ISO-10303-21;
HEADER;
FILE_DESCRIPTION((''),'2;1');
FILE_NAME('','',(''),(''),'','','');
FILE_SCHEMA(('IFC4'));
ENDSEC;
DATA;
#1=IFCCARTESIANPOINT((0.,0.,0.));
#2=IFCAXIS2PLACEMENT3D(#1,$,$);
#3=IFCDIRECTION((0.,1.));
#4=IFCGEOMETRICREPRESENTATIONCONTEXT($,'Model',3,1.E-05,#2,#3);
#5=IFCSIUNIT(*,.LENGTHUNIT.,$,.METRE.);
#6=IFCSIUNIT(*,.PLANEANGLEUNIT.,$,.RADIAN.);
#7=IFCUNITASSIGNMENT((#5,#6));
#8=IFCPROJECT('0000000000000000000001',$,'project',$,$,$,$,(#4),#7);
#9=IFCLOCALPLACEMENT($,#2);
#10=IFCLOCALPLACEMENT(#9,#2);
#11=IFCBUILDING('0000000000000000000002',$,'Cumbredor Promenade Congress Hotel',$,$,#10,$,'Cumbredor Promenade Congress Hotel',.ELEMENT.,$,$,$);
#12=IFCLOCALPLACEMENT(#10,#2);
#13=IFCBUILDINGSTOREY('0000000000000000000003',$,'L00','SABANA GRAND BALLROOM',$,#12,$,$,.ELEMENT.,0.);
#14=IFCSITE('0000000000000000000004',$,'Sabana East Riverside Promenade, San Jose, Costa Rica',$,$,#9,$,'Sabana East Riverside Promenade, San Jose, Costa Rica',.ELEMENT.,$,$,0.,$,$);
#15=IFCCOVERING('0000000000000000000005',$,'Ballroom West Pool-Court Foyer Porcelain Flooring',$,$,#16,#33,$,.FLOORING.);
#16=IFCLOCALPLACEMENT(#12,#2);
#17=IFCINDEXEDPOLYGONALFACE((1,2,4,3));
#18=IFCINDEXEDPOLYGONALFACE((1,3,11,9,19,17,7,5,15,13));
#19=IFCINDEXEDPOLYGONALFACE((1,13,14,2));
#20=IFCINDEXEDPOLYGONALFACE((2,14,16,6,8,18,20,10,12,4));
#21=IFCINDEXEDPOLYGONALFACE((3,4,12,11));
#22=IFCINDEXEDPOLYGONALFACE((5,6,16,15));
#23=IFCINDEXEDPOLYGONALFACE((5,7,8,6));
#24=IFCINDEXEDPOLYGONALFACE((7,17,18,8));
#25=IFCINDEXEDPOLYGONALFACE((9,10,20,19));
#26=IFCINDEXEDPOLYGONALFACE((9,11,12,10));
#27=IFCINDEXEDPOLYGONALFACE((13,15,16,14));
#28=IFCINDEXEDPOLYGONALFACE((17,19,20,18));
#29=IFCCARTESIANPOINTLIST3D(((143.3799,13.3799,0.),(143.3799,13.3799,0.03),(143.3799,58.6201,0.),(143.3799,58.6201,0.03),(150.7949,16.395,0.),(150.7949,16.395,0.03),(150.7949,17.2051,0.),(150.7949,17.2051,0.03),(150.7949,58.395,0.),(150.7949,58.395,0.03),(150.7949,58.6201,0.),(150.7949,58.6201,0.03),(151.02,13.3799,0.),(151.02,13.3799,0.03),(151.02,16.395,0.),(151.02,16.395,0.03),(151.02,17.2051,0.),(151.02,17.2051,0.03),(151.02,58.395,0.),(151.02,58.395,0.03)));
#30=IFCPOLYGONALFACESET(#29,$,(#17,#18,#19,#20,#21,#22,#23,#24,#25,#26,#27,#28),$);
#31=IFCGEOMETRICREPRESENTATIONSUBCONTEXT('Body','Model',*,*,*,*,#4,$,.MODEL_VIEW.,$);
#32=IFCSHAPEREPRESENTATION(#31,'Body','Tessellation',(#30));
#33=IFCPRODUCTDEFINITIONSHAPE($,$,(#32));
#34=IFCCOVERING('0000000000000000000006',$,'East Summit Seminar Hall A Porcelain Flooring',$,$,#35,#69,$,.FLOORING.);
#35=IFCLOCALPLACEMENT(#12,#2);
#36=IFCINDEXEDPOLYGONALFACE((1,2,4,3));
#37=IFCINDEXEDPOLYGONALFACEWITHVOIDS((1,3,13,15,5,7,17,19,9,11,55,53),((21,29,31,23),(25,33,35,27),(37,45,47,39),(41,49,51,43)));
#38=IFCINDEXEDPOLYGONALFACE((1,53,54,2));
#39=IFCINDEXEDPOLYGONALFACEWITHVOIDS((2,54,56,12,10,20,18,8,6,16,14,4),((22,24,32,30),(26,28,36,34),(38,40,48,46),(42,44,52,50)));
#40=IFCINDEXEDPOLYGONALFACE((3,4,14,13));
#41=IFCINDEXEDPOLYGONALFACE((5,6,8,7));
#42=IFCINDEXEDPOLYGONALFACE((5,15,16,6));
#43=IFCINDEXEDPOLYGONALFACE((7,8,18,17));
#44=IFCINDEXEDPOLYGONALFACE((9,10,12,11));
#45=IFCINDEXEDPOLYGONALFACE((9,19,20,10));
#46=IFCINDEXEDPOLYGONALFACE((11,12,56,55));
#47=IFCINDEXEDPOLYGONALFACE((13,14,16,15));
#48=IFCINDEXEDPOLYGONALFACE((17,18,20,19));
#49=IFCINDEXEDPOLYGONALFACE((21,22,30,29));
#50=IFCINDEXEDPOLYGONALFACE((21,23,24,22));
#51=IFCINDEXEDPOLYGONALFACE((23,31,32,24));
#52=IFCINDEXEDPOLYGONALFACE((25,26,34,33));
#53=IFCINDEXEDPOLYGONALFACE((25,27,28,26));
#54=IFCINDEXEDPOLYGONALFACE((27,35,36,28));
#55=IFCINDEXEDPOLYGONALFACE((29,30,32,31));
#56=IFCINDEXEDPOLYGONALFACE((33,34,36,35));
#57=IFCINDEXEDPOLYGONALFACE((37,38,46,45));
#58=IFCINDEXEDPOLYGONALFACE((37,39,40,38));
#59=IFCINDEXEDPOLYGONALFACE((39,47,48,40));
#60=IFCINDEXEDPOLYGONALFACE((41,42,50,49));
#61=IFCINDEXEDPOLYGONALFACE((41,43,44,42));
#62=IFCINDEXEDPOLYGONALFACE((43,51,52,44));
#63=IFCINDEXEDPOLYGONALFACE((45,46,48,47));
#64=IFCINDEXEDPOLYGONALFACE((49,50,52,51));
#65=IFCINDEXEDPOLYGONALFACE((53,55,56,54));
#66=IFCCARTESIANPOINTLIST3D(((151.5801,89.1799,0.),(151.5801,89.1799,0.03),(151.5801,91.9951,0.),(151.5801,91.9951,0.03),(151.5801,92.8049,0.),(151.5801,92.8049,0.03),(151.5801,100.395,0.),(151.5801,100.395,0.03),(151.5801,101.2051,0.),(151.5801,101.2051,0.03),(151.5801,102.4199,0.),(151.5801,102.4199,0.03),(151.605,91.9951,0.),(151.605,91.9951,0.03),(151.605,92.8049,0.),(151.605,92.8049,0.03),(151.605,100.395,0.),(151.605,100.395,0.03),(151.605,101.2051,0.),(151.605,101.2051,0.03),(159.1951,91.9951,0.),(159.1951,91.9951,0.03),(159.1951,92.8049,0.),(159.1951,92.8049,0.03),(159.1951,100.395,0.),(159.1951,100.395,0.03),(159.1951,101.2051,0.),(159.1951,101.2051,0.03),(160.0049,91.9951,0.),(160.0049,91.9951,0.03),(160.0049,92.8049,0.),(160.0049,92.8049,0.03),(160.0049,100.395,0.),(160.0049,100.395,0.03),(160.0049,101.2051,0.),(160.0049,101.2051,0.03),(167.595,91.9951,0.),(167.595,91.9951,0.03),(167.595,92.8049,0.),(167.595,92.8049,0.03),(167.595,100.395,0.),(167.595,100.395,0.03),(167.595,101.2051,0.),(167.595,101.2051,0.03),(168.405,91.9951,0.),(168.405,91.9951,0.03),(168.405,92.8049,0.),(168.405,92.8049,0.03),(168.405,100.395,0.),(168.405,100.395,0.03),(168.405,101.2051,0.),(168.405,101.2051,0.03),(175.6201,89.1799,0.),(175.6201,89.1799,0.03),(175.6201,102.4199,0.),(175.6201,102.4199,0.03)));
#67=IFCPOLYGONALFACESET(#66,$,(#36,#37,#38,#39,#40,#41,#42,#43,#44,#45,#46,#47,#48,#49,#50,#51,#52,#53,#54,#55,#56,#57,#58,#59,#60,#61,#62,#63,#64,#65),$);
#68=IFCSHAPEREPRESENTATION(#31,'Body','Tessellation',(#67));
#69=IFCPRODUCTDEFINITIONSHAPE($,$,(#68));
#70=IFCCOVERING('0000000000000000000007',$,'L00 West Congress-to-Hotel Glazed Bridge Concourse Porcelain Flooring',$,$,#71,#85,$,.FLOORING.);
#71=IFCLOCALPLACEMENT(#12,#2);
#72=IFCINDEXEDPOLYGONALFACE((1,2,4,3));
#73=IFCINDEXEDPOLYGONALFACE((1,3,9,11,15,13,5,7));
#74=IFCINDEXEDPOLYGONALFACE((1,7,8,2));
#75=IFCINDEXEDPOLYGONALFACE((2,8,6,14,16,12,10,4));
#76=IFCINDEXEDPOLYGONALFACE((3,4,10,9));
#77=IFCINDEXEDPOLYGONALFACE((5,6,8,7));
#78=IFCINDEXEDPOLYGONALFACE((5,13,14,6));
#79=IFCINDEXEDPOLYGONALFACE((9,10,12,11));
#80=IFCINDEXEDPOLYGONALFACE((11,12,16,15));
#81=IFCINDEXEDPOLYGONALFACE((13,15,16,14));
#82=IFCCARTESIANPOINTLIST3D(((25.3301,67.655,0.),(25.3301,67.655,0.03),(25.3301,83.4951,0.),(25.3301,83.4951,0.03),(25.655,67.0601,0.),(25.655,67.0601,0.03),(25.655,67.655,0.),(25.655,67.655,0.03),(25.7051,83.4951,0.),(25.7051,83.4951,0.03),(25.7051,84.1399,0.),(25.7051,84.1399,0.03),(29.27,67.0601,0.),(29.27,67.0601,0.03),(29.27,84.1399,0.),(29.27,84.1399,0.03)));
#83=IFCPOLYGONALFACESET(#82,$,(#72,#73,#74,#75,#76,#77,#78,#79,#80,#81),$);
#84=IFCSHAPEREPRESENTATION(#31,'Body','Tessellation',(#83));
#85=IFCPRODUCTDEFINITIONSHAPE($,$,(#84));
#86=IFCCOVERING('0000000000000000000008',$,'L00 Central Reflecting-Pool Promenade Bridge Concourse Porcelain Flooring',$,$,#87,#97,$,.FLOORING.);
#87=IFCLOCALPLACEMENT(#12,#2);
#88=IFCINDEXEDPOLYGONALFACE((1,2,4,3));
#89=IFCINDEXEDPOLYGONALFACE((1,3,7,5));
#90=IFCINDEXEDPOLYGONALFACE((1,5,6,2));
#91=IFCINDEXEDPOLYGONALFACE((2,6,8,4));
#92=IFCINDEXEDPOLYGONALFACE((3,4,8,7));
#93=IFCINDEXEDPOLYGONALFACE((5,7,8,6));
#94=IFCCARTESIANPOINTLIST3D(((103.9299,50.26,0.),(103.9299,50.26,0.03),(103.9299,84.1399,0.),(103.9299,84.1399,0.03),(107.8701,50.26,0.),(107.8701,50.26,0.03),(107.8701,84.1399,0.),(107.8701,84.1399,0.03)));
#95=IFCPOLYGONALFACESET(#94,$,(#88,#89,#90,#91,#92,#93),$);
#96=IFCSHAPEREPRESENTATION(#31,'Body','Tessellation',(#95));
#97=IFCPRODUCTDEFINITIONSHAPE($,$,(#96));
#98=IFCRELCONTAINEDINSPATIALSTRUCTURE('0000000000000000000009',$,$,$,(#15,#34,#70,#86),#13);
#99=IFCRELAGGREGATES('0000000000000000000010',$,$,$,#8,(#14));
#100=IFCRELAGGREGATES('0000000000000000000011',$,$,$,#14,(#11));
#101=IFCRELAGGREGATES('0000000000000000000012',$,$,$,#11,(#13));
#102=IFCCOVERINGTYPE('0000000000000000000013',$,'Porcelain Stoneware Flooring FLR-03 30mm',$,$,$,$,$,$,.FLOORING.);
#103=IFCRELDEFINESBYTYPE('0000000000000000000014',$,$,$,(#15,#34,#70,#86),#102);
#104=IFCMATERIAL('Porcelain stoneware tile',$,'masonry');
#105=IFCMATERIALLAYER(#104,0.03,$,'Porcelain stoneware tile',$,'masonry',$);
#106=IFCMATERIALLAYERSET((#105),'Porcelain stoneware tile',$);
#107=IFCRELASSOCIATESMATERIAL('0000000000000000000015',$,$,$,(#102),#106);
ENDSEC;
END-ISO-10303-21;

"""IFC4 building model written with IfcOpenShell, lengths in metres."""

from ifc_helpers import new_model, si_unit, direction, origin, place, context, subcontext, project, spatial, polyline, outline, extrude, material, layer, layer_set, type_object, element, save


model = new_model("IFC4")

# Units and contexts
model_context = context("Model", 3, precision=1e-05, world=origin(), true_north=direction((0.0, 1.0)))
body_context = subcontext(model_context, "Body", "Model", "MODEL_VIEW")
ifc_project = project(units=[si_unit("LENGTHUNIT", "METRE"), si_unit("PLANEANGLEUNIT", "RADIAN")], contexts=[model_context])

# Site, building, storey
site_placement = place(None, origin())
site = spatial("IfcSite", under=ifc_project, at=site_placement, Name="Sabana East Riverside Promenade, San Jose, Costa Rica", LongName="Sabana East Riverside Promenade, San Jose, Costa Rica", CompositionType="ELEMENT", RefElevation=0.0)
building_placement = place(site_placement, origin())
building = spatial("IfcBuilding", under=site, at=building_placement, Name="Cumbredor Promenade Congress Hotel", LongName="Cumbredor Promenade Congress Hotel", CompositionType="ELEMENT")
storey_placement = place(building_placement, origin())
storey = spatial("IfcBuildingStorey", under=building, at=storey_placement, Name="L00", Description="SABANA GRAND BALLROOM", CompositionType="ELEMENT", Elevation=0.0)

# Coverings
ifc_material_1 = material(Name="Porcelain stoneware tile", Category="masonry")
ifc_layer_1 = layer(ifc_material_1, 0.03, Name="Porcelain stoneware tile", Category="masonry")
ifc_layer_set_1 = layer_set([ifc_layer_1], Name="Porcelain stoneware tile")
covering_type_1 = type_object("IfcCoveringType", Name="Porcelain Stoneware Flooring FLR-03 30mm", PredefinedType="FLOORING", material=ifc_layer_set_1)
covering_1_placement = place(storey_placement, origin())
element("IfcCovering", 1, at=covering_1_placement, inside=storey, type_object=covering_type_1, Name="Ballroom West Pool-Court Foyer Porcelain Flooring", PredefinedType="FLOORING", context=body_context, shape_type="SweptSolid", body=[
    extrude(outline(polyline([(150.7949, 58.6201), (150.7949, 58.395), (151.02, 58.395), (151.02, 17.2051), (150.7949, 17.2051), (150.7949, 16.395), (151.02, 16.395), (151.02, 13.3799), (143.3799, 13.3799), (143.3799, 58.6201), (150.7949, 58.6201)])), origin(), (0.0, 0.0, 1.0), 0.03),
])
covering_2_placement = place(storey_placement, origin())
element("IfcCovering", 2, at=covering_2_placement, inside=storey, type_object=covering_type_1, Name="East Summit Seminar Hall A Porcelain Flooring", PredefinedType="FLOORING", context=body_context, shape_type="SweptSolid", body=[
    extrude(outline(polyline([(151.605, 100.395), (151.605, 101.2051), (151.5801, 101.2051), (151.5801, 102.4199), (175.6201, 102.4199), (175.6201, 89.1799), (151.5801, 89.1799), (151.5801, 91.9951), (151.605, 91.9951), (151.605, 92.8049), (151.5801, 92.8049), (151.5801, 100.395), (151.605, 100.395)]), holes=[polyline([(160.0049, 91.9951), (160.0049, 92.8049), (159.1951, 92.8049), (159.1951, 91.9951), (160.0049, 91.9951)]), polyline([(159.1951, 100.395), (160.0049, 100.395), (160.0049, 101.2051), (159.1951, 101.2051), (159.1951, 100.395)]), polyline([(167.595, 92.8049), (167.595, 91.9951), (168.405, 91.9951), (168.405, 92.8049), (167.595, 92.8049)]), polyline([(168.405, 101.2051), (167.595, 101.2051), (167.595, 100.395), (168.405, 100.395), (168.405, 101.2051)])]), origin(), (0.0, 0.0, 1.0), 0.03),
])
covering_3_placement = place(storey_placement, origin())
element("IfcCovering", 3, at=covering_3_placement, inside=storey, type_object=covering_type_1, Name="L00 West Congress-to-Hotel Glazed Bridge Concourse Porcelain Flooring", PredefinedType="FLOORING", context=body_context, shape_type="SweptSolid", body=[
    extrude(outline(polyline([(29.27, 84.1399), (29.27, 67.0601), (25.655, 67.0601), (25.655, 67.655), (25.3301, 67.655), (25.3301, 83.4951), (25.7051, 83.4951), (25.7051, 84.1399), (29.27, 84.1399)])), origin(), (0.0, 0.0, 1.0), 0.03),
])
covering_4_placement = place(storey_placement, origin())
element("IfcCovering", 4, at=covering_4_placement, inside=storey, type_object=covering_type_1, Name="L00 Central Reflecting-Pool Promenade Bridge Concourse Porcelain Flooring", PredefinedType="FLOORING", context=body_context, shape_type="SweptSolid", body=[
    extrude(outline(polyline([(103.9299, 50.26), (103.9299, 84.1399), (107.8701, 84.1399), (107.8701, 50.26), (103.9299, 50.26)])), origin(), (0.0, 0.0, 1.0), 0.03),
])

save(model, "model.ifc")
